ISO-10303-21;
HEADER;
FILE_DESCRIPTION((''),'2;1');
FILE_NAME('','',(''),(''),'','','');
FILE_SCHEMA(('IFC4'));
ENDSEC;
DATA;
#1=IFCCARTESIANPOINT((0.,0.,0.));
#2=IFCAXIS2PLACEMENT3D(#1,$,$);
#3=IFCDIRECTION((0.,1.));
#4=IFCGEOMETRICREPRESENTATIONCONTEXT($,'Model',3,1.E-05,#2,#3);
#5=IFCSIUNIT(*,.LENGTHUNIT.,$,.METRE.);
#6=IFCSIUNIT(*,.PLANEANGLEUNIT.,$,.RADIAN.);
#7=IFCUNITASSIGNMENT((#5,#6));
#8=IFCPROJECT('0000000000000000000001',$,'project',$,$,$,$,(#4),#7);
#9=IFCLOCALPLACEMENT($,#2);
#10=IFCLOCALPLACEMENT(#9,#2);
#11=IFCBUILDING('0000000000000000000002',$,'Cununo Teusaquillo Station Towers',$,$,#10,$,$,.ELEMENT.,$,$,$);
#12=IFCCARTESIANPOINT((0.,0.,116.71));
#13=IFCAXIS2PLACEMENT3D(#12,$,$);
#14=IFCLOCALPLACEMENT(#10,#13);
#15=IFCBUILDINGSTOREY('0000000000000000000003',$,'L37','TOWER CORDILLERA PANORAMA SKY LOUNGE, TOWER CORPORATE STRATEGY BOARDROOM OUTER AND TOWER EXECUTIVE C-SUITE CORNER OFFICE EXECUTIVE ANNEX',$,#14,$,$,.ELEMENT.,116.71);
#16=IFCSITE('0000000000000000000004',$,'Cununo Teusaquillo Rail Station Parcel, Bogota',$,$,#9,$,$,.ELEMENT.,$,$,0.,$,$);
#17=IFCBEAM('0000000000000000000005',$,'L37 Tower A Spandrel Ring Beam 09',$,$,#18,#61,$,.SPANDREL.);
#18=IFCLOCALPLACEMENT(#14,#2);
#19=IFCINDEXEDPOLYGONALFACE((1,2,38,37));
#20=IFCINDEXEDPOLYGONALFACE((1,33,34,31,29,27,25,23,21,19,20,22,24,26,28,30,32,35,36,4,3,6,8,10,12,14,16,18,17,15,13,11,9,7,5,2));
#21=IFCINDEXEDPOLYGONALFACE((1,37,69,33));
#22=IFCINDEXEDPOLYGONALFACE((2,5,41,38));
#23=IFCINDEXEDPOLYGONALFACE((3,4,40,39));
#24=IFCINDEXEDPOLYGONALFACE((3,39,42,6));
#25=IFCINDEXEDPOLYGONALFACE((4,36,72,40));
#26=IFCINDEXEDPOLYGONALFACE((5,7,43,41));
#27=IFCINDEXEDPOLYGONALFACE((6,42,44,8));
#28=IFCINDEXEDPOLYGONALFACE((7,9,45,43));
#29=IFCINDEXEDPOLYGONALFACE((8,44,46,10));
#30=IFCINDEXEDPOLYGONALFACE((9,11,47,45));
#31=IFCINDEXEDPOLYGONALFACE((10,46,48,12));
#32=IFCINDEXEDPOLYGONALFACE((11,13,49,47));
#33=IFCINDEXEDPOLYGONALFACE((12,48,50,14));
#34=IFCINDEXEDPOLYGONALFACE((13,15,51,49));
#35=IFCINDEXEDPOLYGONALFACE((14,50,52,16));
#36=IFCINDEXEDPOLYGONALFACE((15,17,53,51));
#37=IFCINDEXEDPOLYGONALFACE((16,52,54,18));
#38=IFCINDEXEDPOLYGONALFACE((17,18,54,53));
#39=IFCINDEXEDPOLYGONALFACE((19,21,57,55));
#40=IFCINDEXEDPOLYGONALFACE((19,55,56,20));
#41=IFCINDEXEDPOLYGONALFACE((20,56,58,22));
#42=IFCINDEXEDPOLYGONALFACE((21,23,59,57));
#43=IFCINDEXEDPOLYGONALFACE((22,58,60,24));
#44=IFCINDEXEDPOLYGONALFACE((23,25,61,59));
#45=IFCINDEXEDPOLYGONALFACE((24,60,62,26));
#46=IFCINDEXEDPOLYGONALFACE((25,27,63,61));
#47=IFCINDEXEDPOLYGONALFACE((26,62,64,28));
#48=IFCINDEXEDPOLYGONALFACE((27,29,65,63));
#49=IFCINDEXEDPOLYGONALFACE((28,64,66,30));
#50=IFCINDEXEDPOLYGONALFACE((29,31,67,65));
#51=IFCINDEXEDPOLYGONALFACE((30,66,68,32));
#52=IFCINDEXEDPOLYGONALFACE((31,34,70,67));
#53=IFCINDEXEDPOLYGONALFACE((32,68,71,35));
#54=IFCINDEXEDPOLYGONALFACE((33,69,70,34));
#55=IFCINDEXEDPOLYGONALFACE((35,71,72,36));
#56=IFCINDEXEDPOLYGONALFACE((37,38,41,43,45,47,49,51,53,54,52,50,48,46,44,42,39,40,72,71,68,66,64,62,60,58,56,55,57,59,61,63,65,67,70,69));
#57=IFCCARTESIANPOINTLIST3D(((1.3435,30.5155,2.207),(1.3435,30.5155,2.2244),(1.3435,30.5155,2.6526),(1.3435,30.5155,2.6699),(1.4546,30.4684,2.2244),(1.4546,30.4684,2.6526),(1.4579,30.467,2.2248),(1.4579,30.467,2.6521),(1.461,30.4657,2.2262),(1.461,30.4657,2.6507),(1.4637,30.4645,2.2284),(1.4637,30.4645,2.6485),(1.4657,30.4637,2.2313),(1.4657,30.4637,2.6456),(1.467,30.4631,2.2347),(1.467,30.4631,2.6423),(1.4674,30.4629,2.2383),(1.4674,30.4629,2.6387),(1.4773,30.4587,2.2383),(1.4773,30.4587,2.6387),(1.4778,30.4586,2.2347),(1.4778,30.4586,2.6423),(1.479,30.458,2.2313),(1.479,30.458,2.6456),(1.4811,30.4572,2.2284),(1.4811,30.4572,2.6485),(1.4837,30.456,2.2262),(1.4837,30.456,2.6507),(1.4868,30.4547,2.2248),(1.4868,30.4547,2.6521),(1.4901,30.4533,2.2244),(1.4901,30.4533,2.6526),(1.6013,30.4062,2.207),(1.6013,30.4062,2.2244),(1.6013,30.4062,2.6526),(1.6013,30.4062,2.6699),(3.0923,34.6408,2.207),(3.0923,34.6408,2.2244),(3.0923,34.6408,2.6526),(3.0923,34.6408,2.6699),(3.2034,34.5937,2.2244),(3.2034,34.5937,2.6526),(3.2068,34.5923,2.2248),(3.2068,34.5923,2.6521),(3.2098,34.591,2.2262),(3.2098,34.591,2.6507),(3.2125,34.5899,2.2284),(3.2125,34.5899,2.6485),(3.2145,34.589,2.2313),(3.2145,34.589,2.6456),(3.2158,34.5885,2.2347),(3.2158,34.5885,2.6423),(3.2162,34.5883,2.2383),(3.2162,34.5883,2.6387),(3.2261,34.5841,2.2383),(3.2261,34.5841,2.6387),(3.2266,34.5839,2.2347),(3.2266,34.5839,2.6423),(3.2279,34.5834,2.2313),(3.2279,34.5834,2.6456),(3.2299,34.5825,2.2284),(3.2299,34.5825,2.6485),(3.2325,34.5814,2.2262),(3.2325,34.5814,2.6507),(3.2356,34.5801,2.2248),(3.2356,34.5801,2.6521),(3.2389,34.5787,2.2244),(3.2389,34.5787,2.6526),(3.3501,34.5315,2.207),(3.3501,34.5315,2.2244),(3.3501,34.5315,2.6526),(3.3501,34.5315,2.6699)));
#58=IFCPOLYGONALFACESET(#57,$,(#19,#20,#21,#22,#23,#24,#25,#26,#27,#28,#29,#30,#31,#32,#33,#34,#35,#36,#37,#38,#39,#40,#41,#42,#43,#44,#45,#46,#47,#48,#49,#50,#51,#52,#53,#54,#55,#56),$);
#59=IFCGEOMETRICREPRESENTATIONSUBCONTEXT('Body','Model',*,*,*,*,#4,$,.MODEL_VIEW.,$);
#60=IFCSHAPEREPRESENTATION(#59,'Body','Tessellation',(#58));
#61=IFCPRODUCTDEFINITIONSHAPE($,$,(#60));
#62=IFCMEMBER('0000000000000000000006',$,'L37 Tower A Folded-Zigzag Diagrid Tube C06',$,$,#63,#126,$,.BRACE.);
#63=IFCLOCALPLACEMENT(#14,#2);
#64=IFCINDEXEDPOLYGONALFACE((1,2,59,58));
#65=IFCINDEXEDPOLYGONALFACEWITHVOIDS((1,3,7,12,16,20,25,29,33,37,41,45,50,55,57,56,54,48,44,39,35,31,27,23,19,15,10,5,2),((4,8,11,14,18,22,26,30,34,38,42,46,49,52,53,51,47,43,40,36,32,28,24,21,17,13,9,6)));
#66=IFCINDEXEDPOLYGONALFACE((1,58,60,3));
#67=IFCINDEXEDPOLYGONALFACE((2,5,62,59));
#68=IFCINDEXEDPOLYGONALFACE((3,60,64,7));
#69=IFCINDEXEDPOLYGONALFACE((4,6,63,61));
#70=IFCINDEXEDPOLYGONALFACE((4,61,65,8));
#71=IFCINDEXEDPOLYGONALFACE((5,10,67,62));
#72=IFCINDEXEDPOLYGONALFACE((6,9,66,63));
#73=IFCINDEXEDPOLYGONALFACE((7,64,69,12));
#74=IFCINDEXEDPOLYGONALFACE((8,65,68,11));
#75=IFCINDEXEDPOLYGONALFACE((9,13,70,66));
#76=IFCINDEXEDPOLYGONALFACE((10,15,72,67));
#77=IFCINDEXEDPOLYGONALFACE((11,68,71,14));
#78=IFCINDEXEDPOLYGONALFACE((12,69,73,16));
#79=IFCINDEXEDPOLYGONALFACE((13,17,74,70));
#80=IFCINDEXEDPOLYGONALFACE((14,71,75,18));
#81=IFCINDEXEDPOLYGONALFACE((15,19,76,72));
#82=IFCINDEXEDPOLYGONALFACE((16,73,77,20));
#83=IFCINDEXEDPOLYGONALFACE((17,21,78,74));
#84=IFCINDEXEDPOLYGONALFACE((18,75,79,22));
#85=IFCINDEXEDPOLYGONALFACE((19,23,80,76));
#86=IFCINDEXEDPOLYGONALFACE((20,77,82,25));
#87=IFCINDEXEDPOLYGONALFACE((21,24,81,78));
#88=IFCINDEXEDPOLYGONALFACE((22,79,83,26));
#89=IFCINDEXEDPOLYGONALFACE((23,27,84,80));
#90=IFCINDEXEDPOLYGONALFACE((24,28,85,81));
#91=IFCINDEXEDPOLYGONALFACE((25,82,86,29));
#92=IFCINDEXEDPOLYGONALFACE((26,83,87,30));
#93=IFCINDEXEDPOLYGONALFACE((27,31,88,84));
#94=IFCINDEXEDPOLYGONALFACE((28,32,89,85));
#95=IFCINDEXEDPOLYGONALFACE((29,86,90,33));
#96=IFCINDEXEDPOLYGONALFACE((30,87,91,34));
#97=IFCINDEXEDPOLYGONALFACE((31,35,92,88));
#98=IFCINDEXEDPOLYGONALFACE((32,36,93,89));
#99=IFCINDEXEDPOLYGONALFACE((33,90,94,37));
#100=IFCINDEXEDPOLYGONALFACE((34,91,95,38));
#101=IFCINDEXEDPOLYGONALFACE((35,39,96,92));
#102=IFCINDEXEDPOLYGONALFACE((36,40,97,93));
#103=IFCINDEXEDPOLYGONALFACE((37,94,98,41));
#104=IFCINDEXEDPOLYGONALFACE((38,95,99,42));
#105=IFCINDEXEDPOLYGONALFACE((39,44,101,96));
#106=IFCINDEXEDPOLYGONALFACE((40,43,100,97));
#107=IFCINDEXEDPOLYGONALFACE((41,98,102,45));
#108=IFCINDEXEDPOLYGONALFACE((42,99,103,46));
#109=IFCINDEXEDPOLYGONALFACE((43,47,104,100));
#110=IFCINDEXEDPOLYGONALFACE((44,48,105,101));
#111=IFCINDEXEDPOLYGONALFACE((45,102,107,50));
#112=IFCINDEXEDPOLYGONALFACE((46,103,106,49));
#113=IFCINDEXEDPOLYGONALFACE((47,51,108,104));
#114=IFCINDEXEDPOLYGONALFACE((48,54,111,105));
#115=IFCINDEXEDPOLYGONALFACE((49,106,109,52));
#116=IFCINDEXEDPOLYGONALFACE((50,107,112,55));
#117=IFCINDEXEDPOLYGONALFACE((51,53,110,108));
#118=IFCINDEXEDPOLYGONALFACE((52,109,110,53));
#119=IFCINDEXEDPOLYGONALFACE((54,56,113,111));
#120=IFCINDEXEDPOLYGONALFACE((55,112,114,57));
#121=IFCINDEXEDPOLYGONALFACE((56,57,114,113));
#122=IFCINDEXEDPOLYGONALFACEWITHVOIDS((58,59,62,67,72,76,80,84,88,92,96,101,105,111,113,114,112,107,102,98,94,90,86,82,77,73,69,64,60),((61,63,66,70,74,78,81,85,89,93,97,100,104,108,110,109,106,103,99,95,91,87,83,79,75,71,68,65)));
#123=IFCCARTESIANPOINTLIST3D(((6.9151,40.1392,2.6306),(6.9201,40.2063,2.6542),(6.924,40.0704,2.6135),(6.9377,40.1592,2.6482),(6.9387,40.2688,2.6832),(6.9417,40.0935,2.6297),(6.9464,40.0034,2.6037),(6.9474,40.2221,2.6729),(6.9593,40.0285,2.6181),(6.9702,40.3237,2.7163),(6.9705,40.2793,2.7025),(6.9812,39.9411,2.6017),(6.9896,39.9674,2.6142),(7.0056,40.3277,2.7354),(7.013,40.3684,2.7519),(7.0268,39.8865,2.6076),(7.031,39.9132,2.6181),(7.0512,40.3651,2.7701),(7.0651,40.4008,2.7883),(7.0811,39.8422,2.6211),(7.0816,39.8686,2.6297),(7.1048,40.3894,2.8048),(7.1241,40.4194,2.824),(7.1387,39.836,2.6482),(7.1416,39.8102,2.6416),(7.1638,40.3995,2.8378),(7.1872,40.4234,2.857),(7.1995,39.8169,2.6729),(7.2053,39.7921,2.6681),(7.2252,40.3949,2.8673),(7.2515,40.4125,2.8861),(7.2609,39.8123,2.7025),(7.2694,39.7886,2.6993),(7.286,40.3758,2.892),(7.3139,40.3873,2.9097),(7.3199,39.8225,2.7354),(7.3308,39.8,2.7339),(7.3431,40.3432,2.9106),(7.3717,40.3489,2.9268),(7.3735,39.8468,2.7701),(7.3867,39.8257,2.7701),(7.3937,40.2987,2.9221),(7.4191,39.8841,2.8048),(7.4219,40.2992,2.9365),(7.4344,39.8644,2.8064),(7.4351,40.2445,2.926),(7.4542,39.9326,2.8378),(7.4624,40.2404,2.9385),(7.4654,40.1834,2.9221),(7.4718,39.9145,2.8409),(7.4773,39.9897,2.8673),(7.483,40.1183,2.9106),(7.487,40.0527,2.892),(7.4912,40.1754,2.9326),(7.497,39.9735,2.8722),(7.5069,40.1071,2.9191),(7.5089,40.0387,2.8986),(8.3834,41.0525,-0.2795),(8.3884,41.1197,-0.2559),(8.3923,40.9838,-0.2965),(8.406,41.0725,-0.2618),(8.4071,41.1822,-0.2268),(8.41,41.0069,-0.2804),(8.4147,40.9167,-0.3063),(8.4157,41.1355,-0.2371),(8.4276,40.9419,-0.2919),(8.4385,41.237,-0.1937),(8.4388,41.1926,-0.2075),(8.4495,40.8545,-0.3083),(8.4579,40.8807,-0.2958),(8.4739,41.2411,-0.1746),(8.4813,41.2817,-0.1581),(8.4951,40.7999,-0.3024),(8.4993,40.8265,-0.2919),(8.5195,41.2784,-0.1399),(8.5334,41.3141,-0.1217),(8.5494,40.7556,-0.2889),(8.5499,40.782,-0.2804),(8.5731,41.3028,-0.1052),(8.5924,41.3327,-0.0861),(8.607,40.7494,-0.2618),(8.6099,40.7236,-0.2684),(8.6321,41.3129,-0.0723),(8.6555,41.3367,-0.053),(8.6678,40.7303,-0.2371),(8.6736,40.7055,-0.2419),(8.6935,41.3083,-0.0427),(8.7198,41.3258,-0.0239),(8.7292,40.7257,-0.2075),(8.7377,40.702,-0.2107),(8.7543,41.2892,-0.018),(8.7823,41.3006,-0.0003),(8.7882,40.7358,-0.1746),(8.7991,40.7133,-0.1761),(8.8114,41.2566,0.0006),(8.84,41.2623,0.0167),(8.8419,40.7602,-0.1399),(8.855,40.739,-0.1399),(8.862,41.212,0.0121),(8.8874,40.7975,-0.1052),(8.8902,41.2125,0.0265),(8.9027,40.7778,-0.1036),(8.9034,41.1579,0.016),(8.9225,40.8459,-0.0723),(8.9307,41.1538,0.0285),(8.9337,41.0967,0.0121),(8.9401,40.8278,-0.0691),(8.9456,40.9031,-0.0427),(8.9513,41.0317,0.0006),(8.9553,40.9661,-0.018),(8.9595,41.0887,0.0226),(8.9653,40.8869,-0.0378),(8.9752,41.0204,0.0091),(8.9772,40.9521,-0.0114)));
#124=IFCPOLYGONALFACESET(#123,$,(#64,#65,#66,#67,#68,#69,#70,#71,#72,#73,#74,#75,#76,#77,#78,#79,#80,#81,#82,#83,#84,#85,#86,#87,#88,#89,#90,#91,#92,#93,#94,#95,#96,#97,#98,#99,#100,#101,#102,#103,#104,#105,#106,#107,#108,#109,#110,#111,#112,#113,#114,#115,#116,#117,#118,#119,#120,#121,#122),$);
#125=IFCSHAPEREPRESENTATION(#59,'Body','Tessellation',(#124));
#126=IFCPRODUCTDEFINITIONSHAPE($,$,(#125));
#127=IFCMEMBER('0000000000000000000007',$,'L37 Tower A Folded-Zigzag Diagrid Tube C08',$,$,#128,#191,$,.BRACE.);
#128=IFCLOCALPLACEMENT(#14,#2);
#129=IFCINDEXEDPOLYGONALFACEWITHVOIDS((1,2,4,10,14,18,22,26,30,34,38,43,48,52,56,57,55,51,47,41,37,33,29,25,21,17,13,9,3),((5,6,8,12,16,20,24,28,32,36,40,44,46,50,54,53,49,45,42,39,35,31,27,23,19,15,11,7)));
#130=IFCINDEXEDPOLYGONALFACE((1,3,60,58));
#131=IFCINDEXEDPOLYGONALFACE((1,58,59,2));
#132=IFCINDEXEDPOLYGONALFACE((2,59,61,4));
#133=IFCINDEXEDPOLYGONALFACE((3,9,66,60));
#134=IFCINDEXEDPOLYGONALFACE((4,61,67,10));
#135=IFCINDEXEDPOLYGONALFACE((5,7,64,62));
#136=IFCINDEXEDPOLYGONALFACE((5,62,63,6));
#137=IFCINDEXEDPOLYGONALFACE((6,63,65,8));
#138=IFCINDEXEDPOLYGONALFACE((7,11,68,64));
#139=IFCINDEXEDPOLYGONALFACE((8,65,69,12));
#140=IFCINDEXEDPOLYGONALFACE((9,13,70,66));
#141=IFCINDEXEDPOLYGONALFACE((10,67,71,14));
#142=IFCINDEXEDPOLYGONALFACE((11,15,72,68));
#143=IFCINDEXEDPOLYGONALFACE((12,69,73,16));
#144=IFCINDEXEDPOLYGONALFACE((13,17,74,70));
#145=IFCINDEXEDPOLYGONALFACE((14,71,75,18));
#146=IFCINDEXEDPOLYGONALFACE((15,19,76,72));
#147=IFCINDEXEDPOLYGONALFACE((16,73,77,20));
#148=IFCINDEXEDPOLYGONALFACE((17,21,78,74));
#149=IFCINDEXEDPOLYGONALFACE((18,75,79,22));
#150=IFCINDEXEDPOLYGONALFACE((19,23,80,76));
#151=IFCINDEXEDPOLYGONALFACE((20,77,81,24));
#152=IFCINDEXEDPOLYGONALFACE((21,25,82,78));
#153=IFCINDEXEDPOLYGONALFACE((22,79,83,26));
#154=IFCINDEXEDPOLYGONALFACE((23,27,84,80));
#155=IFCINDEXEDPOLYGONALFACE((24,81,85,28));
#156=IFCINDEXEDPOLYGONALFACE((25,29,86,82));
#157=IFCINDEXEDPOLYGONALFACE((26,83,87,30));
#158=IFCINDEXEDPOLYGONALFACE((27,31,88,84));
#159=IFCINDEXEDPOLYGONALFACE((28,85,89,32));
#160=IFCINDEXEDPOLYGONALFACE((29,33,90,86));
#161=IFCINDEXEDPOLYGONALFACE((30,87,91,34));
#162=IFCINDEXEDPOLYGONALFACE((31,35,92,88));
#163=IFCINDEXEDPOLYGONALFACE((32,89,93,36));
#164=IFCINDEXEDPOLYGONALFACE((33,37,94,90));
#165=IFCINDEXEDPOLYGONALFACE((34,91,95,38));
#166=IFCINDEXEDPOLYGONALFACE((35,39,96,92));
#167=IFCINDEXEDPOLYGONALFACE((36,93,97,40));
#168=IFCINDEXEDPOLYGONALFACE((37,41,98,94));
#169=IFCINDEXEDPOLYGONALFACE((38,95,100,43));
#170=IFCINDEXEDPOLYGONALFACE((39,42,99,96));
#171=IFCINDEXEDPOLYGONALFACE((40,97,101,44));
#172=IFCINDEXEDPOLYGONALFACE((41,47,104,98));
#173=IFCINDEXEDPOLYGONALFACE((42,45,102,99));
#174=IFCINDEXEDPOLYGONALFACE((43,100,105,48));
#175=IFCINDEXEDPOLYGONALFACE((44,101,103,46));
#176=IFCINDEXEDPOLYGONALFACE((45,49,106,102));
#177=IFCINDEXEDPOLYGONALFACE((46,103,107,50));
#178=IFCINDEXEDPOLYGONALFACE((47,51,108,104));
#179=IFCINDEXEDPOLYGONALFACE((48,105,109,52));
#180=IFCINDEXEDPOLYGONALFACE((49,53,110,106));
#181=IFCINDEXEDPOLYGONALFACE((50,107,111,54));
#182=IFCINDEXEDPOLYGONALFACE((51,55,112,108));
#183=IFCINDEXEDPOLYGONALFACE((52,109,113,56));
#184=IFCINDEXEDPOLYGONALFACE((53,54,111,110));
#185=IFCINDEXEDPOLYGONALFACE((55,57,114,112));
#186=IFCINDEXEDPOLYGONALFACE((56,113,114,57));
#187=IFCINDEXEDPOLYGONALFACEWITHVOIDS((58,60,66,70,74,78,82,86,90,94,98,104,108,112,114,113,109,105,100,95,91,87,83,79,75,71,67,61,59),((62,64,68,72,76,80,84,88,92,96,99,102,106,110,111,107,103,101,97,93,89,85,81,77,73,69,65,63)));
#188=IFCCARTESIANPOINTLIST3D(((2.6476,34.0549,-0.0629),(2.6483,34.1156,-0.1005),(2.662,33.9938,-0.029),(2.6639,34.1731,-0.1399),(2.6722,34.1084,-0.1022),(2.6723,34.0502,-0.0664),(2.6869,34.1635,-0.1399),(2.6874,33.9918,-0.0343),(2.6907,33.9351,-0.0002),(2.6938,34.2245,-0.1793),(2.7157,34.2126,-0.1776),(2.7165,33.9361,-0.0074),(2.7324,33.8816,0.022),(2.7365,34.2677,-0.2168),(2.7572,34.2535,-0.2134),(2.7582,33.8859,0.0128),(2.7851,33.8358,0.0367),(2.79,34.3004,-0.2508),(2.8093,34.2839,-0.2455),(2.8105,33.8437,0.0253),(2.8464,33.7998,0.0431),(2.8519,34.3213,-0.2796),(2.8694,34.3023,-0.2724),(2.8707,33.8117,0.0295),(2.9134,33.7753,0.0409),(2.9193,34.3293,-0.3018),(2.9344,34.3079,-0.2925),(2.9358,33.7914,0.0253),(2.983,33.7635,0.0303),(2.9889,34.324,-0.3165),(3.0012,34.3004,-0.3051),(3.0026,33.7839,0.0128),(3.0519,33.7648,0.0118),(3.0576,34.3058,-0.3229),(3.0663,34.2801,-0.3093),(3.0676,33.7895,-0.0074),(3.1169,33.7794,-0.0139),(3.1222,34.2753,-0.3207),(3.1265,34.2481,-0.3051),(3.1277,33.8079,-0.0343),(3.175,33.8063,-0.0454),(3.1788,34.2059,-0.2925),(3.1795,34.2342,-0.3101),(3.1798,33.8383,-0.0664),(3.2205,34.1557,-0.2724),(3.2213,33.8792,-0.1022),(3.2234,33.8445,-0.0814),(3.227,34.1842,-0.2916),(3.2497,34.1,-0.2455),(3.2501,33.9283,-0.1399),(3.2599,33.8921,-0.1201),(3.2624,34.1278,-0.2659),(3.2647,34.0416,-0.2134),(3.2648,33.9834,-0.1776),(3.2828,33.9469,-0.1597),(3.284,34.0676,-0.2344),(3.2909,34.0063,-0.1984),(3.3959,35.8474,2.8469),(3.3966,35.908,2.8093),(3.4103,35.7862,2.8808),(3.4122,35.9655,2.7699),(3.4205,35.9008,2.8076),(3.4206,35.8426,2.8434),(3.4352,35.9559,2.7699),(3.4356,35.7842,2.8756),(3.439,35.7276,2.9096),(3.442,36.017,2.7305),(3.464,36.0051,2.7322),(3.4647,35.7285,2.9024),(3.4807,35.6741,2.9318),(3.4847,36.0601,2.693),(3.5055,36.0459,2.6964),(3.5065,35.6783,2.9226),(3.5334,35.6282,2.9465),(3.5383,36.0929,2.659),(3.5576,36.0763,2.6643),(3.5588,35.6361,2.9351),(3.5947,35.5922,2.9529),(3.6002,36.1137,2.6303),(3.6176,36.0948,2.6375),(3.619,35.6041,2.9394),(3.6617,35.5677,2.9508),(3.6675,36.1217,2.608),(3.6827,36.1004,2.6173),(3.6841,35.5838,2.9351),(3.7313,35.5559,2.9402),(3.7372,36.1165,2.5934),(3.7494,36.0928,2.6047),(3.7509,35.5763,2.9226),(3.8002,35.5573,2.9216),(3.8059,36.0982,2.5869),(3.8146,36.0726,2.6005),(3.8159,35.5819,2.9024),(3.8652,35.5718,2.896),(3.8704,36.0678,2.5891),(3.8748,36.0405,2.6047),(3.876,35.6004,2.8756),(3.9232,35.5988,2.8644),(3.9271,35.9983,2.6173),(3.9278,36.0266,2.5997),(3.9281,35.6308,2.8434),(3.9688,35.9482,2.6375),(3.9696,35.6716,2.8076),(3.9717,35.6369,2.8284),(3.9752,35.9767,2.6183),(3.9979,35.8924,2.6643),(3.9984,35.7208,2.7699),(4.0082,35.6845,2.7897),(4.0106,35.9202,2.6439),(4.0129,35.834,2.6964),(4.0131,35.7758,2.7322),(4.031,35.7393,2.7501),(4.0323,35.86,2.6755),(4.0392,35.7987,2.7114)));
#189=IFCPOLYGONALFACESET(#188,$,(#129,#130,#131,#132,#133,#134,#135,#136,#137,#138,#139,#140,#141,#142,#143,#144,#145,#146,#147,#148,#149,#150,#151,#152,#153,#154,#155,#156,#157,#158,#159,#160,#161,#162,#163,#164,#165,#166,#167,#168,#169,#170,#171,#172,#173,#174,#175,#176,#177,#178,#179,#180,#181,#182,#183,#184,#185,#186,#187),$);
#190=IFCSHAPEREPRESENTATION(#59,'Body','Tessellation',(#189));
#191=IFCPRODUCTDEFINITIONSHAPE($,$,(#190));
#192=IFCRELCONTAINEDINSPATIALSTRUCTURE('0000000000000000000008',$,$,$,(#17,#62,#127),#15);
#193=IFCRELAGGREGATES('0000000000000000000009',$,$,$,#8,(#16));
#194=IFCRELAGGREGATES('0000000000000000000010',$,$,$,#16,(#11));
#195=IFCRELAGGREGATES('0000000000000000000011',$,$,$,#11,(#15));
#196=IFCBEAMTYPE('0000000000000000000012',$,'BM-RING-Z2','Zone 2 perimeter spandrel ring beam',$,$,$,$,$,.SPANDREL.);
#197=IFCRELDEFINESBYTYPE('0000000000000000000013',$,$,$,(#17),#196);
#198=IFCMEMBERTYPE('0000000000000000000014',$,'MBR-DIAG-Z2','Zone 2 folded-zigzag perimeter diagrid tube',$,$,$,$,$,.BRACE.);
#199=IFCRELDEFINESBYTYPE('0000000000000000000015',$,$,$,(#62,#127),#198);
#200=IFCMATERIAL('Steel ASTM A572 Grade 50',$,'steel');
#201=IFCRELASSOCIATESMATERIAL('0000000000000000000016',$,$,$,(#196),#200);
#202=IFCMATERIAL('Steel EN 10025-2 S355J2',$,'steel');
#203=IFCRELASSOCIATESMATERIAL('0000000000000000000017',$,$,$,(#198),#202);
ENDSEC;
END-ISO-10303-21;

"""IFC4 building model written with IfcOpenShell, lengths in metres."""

from ifc_helpers import new_model, si_unit, direction, frame, origin, origin_2d, place, context, subcontext, project, spatial, hollow_circle, i_section, extrude, material, material_profile, profile_set, type_object, element, save


model = new_model("IFC4")

# Units and contexts
model_context = context("Model", 3, precision=1e-05, world=origin(), true_north=direction((0.0, 1.0)))
body_context = subcontext(model_context, "Body", "Model", "MODEL_VIEW")
ifc_project = project(units=[si_unit("LENGTHUNIT", "METRE"), si_unit("PLANEANGLEUNIT", "RADIAN")], contexts=[model_context])

# Site, building, storey
site_placement = place(None, origin())
site = spatial("IfcSite", under=ifc_project, at=site_placement, Name="Cununo Teusaquillo Rail Station Parcel, Bogota", CompositionType="ELEMENT", RefElevation=0.0)
building_placement = place(site_placement, origin())
building = spatial("IfcBuilding", under=site, at=building_placement, Name="Cununo Teusaquillo Station Towers", CompositionType="ELEMENT")
storey_placement = place(building_placement, frame((0.0, 0.0, 116.71)))
storey = spatial("IfcBuildingStorey", under=building, at=storey_placement, Name="L37", Description="TOWER CORDILLERA PANORAMA SKY LOUNGE, TOWER CORPORATE STRATEGY BOARDROOM OUTER AND TOWER EXECUTIVE C-SUITE CORNER OFFICE EXECUTIVE ANNEX", CompositionType="ELEMENT", Elevation=116.71)

# Beam
ifc_material_1 = material(Name="Steel ASTM A572 Grade 50", Category="steel")
ifc_material_profile_1 = material_profile(ifc_material_1, i_section(OverallWidth=0.28, OverallDepth=0.4629, WebThickness=0.0107, FlangeThickness=0.0173, FilletRadius=0.0139, at=origin_2d()), Name="W18X76")
ifc_profile_set_1 = profile_set([ifc_material_profile_1], Name="Steel ASTM A572 Grade 50")
beam_type_1 = type_object("IfcBeamType", Name="BM-RING-Z2", Description="Zone 2 perimeter spandrel ring beam", PredefinedType="SPANDREL", material=ifc_profile_set_1)
beam_1_placement = place(storey_placement, frame((3.2212, 34.5862, 2.4385), z_axis=(-0.390299, -0.920688, 0.0), x_axis=(0.920688, -0.390299, 0.0)))
element("IfcBeam", 1, at=beam_1_placement, inside=storey, type_object=beam_type_1, Name="L37 Tower A Spandrel Ring Beam 09", PredefinedType="SPANDREL", context=body_context, shape_type="SweptSolid", body=[
    extrude(i_section(OverallWidth=0.28, OverallDepth=0.4629, WebThickness=0.0107, FlangeThickness=0.0173, FilletRadius=0.0139, at=origin_2d()), origin(), (0.0, 0.0, 1.0), 4.4807),
])

# Members
ifc_material_2 = material(Name="Steel EN 10025-2 S355J2", Category="steel")
ifc_material_profile_2 = material_profile(ifc_material_2, hollow_circle(Radius=0.3301, WallThickness=0.0249, at=origin_2d()), Name="CHS 660x25")
ifc_profile_set_2 = profile_set([ifc_material_profile_2], Name="Steel EN 10025-2 S355J2")
member_type = type_object("IfcMemberType", Name="MBR-DIAG-Z2", Description="Zone 2 folded-zigzag perimeter diagrid tube", PredefinedType="BRACE", material=ifc_profile_set_2)
member_1_placement = place(storey_placement, frame((8.6807, 41.0193, -0.1399), z_axis=(-0.433768, -0.269825, 0.859674), x_axis=(0.528196, -0.849123, 0.0)))
element("IfcMember", 2, at=member_1_placement, inside=storey, type_object=member_type, Name="L37 Tower A Folded-Zigzag Diagrid Tube C06", PredefinedType="BRACE", context=body_context, shape_type="SweptSolid", body=[
    extrude(hollow_circle(Radius=0.3301, WallThickness=0.0249, at=origin_2d()), origin(), (0.0, 0.0, 1.0), 3.385),
])
member_2_placement = place(storey_placement, frame((2.9685, 34.0459, -0.1399), z_axis=(0.21388, 0.512336, 0.831726), x_axis=(-0.922816, 0.38524, 0.0)))
element("IfcMember", 3, at=member_2_placement, inside=storey, type_object=member_type, Name="L37 Tower A Folded-Zigzag Diagrid Tube C08", PredefinedType="BRACE", context=body_context, shape_type="SweptSolid", body=[
    extrude(hollow_circle(Radius=0.3301, WallThickness=0.0249, at=origin_2d()), origin(), (0.0, 0.0, 1.0), 3.4985),
])

save(model, "model.ifc")
